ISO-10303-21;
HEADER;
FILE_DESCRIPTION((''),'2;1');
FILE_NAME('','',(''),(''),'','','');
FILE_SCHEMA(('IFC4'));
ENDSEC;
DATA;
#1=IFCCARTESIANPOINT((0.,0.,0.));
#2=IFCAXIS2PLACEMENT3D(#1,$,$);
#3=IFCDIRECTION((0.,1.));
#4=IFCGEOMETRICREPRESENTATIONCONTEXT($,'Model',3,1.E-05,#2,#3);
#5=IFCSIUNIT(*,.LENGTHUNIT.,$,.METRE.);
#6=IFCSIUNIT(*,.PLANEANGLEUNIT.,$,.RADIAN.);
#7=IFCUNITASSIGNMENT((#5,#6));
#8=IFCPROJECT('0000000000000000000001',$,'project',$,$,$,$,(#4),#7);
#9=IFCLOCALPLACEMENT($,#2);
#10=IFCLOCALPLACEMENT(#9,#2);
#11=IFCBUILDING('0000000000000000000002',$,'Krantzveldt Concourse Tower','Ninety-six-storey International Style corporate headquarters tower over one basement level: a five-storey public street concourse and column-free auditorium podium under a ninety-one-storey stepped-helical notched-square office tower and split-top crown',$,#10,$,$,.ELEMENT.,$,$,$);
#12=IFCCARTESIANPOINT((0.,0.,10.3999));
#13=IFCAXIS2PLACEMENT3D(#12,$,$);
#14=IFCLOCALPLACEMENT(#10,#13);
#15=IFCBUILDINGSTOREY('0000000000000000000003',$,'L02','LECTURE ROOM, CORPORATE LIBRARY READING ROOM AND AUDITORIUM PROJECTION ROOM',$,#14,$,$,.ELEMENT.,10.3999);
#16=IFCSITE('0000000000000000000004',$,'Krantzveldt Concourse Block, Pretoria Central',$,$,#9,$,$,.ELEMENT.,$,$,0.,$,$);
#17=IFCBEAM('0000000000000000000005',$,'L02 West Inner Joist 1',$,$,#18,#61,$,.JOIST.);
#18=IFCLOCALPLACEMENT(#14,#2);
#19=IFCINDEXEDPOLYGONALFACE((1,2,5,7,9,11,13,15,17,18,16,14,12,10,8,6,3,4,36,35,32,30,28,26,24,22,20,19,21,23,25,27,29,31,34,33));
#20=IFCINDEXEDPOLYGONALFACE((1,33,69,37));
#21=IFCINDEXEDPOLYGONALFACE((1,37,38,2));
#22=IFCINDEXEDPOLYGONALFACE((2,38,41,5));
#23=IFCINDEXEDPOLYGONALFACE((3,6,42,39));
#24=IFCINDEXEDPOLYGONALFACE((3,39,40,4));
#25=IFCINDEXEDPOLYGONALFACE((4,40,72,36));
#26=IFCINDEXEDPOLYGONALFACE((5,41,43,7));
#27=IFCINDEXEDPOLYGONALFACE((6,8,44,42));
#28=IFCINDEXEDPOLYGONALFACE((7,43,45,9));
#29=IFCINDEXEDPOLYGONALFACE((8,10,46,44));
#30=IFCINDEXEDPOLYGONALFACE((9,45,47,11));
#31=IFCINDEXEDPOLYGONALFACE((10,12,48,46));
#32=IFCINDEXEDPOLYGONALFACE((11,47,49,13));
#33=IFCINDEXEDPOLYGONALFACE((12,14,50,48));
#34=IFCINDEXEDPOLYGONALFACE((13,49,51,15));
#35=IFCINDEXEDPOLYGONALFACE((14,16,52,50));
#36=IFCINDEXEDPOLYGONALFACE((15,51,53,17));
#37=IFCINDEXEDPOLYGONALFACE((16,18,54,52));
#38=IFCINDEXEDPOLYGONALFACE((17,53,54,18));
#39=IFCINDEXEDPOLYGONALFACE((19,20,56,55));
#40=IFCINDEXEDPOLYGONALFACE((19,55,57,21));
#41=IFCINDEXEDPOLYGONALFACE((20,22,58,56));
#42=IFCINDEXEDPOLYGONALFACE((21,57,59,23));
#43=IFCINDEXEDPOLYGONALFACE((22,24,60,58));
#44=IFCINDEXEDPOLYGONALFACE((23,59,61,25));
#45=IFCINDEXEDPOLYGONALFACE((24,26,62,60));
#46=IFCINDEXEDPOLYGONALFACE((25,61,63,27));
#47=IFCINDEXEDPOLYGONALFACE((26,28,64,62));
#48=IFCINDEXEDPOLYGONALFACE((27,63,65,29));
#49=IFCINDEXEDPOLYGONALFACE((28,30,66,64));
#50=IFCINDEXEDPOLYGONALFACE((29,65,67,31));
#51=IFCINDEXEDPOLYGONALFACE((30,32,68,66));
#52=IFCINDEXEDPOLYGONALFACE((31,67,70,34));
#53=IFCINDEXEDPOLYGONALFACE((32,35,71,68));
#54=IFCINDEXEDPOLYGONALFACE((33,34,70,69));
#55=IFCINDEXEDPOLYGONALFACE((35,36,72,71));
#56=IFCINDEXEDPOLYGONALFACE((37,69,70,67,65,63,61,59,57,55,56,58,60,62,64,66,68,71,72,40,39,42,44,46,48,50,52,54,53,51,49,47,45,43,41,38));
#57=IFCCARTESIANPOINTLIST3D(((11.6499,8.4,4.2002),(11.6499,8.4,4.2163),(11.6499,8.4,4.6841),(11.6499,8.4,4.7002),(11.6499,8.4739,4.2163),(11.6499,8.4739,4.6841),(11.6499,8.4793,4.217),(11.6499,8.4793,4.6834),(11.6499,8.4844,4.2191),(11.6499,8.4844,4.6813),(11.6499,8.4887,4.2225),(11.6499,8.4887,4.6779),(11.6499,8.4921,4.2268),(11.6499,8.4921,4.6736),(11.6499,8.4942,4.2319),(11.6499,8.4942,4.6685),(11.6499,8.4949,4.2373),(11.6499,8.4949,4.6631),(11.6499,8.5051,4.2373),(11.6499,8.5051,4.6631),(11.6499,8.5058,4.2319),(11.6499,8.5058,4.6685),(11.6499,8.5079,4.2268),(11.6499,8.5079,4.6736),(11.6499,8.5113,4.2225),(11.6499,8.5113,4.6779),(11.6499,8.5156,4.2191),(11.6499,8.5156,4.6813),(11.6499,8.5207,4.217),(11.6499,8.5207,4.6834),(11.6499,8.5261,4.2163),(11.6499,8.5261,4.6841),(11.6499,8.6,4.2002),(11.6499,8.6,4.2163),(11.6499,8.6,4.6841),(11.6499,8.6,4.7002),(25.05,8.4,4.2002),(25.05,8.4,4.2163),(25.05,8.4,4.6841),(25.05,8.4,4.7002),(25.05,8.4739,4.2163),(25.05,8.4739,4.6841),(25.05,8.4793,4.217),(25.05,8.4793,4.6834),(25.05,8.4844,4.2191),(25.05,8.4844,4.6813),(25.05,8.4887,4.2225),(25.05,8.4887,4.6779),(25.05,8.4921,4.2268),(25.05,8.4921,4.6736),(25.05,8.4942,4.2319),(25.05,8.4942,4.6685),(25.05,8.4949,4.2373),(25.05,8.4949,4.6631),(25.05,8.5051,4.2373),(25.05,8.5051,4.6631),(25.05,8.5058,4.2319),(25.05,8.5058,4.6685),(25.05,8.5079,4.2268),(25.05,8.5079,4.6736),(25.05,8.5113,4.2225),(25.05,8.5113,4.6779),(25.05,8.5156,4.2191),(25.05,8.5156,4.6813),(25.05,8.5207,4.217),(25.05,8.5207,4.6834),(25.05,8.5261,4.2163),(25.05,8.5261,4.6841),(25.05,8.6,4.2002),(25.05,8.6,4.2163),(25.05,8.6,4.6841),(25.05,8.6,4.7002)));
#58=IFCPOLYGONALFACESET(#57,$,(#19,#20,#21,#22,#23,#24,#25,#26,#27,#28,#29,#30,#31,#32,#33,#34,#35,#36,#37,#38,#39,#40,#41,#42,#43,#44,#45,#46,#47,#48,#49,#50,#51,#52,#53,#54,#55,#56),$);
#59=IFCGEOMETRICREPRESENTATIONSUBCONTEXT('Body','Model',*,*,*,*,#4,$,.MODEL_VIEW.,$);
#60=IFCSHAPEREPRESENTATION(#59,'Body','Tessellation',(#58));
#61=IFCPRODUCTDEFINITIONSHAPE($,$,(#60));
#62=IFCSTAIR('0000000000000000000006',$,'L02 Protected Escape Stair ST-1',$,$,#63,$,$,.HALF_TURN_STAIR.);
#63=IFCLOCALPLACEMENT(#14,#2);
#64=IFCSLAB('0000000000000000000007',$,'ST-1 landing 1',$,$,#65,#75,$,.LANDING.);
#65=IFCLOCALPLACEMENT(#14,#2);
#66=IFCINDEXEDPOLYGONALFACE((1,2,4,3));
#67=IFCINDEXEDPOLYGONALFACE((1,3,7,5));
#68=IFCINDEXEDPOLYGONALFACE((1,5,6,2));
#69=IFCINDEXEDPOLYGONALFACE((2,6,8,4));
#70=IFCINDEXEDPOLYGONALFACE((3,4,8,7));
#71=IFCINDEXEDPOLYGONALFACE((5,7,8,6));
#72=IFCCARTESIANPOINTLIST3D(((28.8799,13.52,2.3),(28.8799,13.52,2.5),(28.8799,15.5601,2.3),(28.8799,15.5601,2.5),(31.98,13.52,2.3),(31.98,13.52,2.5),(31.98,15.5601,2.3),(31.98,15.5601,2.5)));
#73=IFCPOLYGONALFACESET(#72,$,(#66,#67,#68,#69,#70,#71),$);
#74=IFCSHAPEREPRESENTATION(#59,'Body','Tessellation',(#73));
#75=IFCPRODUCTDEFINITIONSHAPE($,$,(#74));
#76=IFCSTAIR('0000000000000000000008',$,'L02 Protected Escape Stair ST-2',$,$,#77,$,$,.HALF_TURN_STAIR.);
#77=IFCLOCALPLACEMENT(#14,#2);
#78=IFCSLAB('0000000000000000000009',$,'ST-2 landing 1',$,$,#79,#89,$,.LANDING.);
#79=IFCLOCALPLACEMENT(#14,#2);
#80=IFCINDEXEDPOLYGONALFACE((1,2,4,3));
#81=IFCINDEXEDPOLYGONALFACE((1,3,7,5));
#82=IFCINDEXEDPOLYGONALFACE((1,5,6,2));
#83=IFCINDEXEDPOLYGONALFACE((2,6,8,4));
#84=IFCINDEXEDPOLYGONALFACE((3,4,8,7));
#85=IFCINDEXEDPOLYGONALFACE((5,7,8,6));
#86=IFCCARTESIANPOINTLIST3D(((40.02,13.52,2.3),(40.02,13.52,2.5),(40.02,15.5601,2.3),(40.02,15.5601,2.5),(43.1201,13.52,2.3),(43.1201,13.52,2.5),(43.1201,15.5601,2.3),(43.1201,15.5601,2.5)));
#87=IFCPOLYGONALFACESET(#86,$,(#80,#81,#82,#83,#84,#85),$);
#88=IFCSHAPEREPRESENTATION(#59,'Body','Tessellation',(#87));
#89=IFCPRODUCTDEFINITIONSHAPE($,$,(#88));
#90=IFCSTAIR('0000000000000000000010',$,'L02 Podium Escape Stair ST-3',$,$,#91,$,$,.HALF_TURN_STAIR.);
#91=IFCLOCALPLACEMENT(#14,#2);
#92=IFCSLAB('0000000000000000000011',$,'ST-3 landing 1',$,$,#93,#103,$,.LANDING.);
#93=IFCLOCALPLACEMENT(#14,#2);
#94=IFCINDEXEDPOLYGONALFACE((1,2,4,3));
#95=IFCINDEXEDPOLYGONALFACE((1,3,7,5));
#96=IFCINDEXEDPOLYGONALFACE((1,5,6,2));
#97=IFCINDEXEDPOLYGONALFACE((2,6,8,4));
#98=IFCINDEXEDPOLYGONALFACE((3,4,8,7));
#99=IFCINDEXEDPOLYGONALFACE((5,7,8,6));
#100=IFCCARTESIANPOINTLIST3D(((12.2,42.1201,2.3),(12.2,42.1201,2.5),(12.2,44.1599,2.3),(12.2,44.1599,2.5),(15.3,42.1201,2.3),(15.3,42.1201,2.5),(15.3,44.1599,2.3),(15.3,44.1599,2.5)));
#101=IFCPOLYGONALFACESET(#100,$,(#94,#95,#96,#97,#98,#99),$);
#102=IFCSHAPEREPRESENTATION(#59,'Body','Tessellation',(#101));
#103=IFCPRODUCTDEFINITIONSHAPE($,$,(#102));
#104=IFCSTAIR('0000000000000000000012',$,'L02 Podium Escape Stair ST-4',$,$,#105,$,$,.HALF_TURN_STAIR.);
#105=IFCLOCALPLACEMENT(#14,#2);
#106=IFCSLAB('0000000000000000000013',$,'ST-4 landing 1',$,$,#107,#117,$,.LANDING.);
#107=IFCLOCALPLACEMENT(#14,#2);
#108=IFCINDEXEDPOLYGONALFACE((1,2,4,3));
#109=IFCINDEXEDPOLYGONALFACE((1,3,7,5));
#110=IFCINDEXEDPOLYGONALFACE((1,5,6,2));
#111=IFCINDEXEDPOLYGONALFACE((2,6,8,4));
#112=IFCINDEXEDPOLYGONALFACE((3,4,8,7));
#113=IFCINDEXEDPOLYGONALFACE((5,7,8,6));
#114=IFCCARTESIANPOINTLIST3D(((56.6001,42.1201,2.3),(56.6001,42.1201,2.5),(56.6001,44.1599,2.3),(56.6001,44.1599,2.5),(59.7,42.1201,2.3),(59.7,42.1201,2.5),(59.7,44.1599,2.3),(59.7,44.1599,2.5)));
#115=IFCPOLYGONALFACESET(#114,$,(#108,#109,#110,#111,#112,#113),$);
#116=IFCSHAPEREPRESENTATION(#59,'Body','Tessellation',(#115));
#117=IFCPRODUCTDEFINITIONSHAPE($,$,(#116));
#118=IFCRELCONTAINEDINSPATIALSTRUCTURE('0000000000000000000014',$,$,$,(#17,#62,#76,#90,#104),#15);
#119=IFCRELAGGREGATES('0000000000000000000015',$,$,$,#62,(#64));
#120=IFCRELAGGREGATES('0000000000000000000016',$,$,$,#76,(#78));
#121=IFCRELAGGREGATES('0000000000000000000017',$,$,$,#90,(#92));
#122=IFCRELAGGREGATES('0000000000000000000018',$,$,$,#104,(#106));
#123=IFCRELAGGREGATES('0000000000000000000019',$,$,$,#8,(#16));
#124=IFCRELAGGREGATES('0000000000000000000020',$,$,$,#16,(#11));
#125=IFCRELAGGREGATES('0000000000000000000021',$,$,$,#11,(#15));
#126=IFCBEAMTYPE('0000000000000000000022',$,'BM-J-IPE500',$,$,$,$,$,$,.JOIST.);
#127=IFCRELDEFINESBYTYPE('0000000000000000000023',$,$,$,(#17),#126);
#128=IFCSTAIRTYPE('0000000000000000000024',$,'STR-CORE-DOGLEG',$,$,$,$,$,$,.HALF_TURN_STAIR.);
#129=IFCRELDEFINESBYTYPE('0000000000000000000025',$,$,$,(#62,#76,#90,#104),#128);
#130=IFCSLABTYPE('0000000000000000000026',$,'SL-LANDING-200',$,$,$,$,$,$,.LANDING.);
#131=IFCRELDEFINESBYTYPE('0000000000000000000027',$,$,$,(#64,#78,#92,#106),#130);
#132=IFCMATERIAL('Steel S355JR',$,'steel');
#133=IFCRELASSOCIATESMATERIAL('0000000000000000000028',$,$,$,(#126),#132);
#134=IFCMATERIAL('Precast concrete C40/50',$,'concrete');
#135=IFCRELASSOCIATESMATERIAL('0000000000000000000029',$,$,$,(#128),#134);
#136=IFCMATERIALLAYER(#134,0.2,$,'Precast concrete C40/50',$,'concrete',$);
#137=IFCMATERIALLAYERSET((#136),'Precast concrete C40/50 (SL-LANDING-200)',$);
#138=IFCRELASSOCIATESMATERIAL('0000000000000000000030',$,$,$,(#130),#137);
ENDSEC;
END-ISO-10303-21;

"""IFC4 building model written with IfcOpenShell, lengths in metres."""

from ifc_helpers import new_model, si_unit, direction, frame, origin, origin_2d, place, context, subcontext, project, spatial, polyline, i_section, outline, extrude, source, transform, mapped, material, layer, layer_set, material_profile, profile_set, type_object, type_shapes, element, aggregate, save


model = new_model("IFC4")

# Units and contexts
model_context = context("Model", 3, precision=1e-05, world=origin(), true_north=direction((0.0, 1.0)))
body_context = subcontext(model_context, "Body", "Model", "MODEL_VIEW")
ifc_project = project(units=[si_unit("LENGTHUNIT", "METRE"), si_unit("PLANEANGLEUNIT", "RADIAN")], contexts=[model_context])

# Site, building, storey
site_placement = place(None, origin())
site = spatial("IfcSite", under=ifc_project, at=site_placement, Name="Krantzveldt Concourse Block, Pretoria Central", CompositionType="ELEMENT", RefElevation=0.0)
building_placement = place(site_placement, origin())
building = spatial("IfcBuilding", under=site, at=building_placement, Name="Krantzveldt Concourse Tower", Description="Ninety-six-storey International Style corporate headquarters tower over one basement level: a five-storey public street concourse and column-free auditorium podium under a ninety-one-storey stepped-helical notched-square office tower and split-top crown", CompositionType="ELEMENT")
storey_placement = place(building_placement, frame((0.0, 0.0, 10.3999)))
storey = spatial("IfcBuildingStorey", under=building, at=storey_placement, Name="L02", Description="LECTURE ROOM, CORPORATE LIBRARY READING ROOM AND AUDITORIUM PROJECTION ROOM", CompositionType="ELEMENT", Elevation=10.3999)

# Beam
ifc_material_1 = material(Name="Steel S355JR", Category="steel")
ifc_material_profile_1 = material_profile(ifc_material_1, i_section(OverallWidth=0.2, OverallDepth=0.5, WebThickness=0.0103, FlangeThickness=0.0161, FilletRadius=0.021, at=origin_2d()), Name="Steel S355JR", Category="steel")
ifc_profile_set_1 = profile_set([ifc_material_profile_1], Name="Steel S355JR - IPE 500")
beam_type_1 = type_object("IfcBeamType", Name="BM-J-IPE500", PredefinedType="JOIST", material=ifc_profile_set_1)
shared_shape_1 = source(origin(), body_context, "Body", "SweptSolid", [
    extrude(i_section(OverallWidth=0.2, OverallDepth=0.5, WebThickness=0.0103, FlangeThickness=0.0161, FilletRadius=0.021, at=origin_2d()), origin(), (0.0, 0.0, 1.0), 13.4001),
])
type_shapes(beam_type_1, [shared_shape_1])
beam_1_placement = place(storey_placement, frame((11.6499, 8.5, 4.4502), z_axis=(1.0, 0.0, 0.0), x_axis=(0.0, 1.0, 0.0)))
element("IfcBeam", 1, at=beam_1_placement, inside=storey, type_object=beam_type_1, Name="L02 West Inner Joist 1", PredefinedType="JOIST", context=body_context, shape_type="MappedRepresentation", body=[
    mapped(shared_shape_1, transform((0.0, 0.0, 0.0), x_axis=(1.0, 0.0, 0.0), y_axis=(0.0, 1.0, 0.0), z_axis=(0.0, 0.0, 1.0), scale=1.0)),
])

# Stairs, slabs
ifc_material_2 = material(Name="Precast concrete C40/50", Category="concrete")
stair_type = type_object("IfcStairType", Name="STR-CORE-DOGLEG", PredefinedType="HALF_TURN_STAIR", material=ifc_material_2)
stair_1_placement = place(storey_placement, origin())
stair_1 = element("IfcStair", 2, at=stair_1_placement, inside=storey, type_object=stair_type, Name="L02 Protected Escape Stair ST-1", PredefinedType="HALF_TURN_STAIR")
ifc_layer_1 = layer(ifc_material_2, 0.2, Name="Precast concrete C40/50", Category="concrete")
ifc_layer_set_1 = layer_set([ifc_layer_1], Name="Precast concrete C40/50 (SL-LANDING-200)")
slab_type_1 = type_object("IfcSlabType", Name="SL-LANDING-200", PredefinedType="LANDING", material=ifc_layer_set_1)
slab_1_placement = place(storey_placement, frame((0.0, 0.0, 2.3)))
slab_1 = element("IfcSlab", 3, at=slab_1_placement, type_object=slab_type_1, Name="ST-1 landing 1", PredefinedType="LANDING", context=body_context, shape_type="SweptSolid", body=[
    extrude(outline(polyline([(28.8799, 15.5601), (28.8799, 13.52), (31.98, 13.52), (31.98, 15.5601), (28.8799, 15.5601)])), origin(), (0.0, 0.0, 1.0), 0.2),
])
aggregate(stair_1, [slab_1])
stair_2_placement = place(storey_placement, origin())
stair_2 = element("IfcStair", 4, at=stair_2_placement, inside=storey, type_object=stair_type, Name="L02 Protected Escape Stair ST-2", PredefinedType="HALF_TURN_STAIR")
slab_2_placement = place(storey_placement, frame((0.0, 0.0, 2.3)))
slab_2 = element("IfcSlab", 5, at=slab_2_placement, type_object=slab_type_1, Name="ST-2 landing 1", PredefinedType="LANDING", context=body_context, shape_type="SweptSolid", body=[
    extrude(outline(polyline([(40.02, 15.5601), (40.02, 13.52), (43.1201, 13.52), (43.1201, 15.5601), (40.02, 15.5601)])), origin(), (0.0, 0.0, 1.0), 0.2),
])
aggregate(stair_2, [slab_2])
stair_3_placement = place(storey_placement, origin())
stair_3 = element("IfcStair", 6, at=stair_3_placement, inside=storey, type_object=stair_type, Name="L02 Podium Escape Stair ST-3", PredefinedType="HALF_TURN_STAIR")
slab_3_placement = place(storey_placement, frame((0.0, 0.0, 2.3)))
slab_3 = element("IfcSlab", 7, at=slab_3_placement, type_object=slab_type_1, Name="ST-3 landing 1", PredefinedType="LANDING", context=body_context, shape_type="SweptSolid", body=[
    extrude(outline(polyline([(12.2, 44.1599), (12.2, 42.1201), (15.3, 42.1201), (15.3, 44.1599), (12.2, 44.1599)])), origin(), (0.0, 0.0, 1.0), 0.2),
])
aggregate(stair_3, [slab_3])
stair_4_placement = place(storey_placement, origin())
stair_4 = element("IfcStair", 8, at=stair_4_placement, inside=storey, type_object=stair_type, Name="L02 Podium Escape Stair ST-4", PredefinedType="HALF_TURN_STAIR")
slab_4_placement = place(storey_placement, frame((0.0, 0.0, 2.3)))
slab_4 = element("IfcSlab", 9, at=slab_4_placement, type_object=slab_type_1, Name="ST-4 landing 1", PredefinedType="LANDING", context=body_context, shape_type="SweptSolid", body=[
    extrude(outline(polyline([(56.6001, 44.1599), (56.6001, 42.1201), (59.7, 42.1201), (59.7, 44.1599), (56.6001, 44.1599)])), origin(), (0.0, 0.0, 1.0), 0.2),
])
aggregate(stair_4, [slab_4])

save(model, "model.ifc")
